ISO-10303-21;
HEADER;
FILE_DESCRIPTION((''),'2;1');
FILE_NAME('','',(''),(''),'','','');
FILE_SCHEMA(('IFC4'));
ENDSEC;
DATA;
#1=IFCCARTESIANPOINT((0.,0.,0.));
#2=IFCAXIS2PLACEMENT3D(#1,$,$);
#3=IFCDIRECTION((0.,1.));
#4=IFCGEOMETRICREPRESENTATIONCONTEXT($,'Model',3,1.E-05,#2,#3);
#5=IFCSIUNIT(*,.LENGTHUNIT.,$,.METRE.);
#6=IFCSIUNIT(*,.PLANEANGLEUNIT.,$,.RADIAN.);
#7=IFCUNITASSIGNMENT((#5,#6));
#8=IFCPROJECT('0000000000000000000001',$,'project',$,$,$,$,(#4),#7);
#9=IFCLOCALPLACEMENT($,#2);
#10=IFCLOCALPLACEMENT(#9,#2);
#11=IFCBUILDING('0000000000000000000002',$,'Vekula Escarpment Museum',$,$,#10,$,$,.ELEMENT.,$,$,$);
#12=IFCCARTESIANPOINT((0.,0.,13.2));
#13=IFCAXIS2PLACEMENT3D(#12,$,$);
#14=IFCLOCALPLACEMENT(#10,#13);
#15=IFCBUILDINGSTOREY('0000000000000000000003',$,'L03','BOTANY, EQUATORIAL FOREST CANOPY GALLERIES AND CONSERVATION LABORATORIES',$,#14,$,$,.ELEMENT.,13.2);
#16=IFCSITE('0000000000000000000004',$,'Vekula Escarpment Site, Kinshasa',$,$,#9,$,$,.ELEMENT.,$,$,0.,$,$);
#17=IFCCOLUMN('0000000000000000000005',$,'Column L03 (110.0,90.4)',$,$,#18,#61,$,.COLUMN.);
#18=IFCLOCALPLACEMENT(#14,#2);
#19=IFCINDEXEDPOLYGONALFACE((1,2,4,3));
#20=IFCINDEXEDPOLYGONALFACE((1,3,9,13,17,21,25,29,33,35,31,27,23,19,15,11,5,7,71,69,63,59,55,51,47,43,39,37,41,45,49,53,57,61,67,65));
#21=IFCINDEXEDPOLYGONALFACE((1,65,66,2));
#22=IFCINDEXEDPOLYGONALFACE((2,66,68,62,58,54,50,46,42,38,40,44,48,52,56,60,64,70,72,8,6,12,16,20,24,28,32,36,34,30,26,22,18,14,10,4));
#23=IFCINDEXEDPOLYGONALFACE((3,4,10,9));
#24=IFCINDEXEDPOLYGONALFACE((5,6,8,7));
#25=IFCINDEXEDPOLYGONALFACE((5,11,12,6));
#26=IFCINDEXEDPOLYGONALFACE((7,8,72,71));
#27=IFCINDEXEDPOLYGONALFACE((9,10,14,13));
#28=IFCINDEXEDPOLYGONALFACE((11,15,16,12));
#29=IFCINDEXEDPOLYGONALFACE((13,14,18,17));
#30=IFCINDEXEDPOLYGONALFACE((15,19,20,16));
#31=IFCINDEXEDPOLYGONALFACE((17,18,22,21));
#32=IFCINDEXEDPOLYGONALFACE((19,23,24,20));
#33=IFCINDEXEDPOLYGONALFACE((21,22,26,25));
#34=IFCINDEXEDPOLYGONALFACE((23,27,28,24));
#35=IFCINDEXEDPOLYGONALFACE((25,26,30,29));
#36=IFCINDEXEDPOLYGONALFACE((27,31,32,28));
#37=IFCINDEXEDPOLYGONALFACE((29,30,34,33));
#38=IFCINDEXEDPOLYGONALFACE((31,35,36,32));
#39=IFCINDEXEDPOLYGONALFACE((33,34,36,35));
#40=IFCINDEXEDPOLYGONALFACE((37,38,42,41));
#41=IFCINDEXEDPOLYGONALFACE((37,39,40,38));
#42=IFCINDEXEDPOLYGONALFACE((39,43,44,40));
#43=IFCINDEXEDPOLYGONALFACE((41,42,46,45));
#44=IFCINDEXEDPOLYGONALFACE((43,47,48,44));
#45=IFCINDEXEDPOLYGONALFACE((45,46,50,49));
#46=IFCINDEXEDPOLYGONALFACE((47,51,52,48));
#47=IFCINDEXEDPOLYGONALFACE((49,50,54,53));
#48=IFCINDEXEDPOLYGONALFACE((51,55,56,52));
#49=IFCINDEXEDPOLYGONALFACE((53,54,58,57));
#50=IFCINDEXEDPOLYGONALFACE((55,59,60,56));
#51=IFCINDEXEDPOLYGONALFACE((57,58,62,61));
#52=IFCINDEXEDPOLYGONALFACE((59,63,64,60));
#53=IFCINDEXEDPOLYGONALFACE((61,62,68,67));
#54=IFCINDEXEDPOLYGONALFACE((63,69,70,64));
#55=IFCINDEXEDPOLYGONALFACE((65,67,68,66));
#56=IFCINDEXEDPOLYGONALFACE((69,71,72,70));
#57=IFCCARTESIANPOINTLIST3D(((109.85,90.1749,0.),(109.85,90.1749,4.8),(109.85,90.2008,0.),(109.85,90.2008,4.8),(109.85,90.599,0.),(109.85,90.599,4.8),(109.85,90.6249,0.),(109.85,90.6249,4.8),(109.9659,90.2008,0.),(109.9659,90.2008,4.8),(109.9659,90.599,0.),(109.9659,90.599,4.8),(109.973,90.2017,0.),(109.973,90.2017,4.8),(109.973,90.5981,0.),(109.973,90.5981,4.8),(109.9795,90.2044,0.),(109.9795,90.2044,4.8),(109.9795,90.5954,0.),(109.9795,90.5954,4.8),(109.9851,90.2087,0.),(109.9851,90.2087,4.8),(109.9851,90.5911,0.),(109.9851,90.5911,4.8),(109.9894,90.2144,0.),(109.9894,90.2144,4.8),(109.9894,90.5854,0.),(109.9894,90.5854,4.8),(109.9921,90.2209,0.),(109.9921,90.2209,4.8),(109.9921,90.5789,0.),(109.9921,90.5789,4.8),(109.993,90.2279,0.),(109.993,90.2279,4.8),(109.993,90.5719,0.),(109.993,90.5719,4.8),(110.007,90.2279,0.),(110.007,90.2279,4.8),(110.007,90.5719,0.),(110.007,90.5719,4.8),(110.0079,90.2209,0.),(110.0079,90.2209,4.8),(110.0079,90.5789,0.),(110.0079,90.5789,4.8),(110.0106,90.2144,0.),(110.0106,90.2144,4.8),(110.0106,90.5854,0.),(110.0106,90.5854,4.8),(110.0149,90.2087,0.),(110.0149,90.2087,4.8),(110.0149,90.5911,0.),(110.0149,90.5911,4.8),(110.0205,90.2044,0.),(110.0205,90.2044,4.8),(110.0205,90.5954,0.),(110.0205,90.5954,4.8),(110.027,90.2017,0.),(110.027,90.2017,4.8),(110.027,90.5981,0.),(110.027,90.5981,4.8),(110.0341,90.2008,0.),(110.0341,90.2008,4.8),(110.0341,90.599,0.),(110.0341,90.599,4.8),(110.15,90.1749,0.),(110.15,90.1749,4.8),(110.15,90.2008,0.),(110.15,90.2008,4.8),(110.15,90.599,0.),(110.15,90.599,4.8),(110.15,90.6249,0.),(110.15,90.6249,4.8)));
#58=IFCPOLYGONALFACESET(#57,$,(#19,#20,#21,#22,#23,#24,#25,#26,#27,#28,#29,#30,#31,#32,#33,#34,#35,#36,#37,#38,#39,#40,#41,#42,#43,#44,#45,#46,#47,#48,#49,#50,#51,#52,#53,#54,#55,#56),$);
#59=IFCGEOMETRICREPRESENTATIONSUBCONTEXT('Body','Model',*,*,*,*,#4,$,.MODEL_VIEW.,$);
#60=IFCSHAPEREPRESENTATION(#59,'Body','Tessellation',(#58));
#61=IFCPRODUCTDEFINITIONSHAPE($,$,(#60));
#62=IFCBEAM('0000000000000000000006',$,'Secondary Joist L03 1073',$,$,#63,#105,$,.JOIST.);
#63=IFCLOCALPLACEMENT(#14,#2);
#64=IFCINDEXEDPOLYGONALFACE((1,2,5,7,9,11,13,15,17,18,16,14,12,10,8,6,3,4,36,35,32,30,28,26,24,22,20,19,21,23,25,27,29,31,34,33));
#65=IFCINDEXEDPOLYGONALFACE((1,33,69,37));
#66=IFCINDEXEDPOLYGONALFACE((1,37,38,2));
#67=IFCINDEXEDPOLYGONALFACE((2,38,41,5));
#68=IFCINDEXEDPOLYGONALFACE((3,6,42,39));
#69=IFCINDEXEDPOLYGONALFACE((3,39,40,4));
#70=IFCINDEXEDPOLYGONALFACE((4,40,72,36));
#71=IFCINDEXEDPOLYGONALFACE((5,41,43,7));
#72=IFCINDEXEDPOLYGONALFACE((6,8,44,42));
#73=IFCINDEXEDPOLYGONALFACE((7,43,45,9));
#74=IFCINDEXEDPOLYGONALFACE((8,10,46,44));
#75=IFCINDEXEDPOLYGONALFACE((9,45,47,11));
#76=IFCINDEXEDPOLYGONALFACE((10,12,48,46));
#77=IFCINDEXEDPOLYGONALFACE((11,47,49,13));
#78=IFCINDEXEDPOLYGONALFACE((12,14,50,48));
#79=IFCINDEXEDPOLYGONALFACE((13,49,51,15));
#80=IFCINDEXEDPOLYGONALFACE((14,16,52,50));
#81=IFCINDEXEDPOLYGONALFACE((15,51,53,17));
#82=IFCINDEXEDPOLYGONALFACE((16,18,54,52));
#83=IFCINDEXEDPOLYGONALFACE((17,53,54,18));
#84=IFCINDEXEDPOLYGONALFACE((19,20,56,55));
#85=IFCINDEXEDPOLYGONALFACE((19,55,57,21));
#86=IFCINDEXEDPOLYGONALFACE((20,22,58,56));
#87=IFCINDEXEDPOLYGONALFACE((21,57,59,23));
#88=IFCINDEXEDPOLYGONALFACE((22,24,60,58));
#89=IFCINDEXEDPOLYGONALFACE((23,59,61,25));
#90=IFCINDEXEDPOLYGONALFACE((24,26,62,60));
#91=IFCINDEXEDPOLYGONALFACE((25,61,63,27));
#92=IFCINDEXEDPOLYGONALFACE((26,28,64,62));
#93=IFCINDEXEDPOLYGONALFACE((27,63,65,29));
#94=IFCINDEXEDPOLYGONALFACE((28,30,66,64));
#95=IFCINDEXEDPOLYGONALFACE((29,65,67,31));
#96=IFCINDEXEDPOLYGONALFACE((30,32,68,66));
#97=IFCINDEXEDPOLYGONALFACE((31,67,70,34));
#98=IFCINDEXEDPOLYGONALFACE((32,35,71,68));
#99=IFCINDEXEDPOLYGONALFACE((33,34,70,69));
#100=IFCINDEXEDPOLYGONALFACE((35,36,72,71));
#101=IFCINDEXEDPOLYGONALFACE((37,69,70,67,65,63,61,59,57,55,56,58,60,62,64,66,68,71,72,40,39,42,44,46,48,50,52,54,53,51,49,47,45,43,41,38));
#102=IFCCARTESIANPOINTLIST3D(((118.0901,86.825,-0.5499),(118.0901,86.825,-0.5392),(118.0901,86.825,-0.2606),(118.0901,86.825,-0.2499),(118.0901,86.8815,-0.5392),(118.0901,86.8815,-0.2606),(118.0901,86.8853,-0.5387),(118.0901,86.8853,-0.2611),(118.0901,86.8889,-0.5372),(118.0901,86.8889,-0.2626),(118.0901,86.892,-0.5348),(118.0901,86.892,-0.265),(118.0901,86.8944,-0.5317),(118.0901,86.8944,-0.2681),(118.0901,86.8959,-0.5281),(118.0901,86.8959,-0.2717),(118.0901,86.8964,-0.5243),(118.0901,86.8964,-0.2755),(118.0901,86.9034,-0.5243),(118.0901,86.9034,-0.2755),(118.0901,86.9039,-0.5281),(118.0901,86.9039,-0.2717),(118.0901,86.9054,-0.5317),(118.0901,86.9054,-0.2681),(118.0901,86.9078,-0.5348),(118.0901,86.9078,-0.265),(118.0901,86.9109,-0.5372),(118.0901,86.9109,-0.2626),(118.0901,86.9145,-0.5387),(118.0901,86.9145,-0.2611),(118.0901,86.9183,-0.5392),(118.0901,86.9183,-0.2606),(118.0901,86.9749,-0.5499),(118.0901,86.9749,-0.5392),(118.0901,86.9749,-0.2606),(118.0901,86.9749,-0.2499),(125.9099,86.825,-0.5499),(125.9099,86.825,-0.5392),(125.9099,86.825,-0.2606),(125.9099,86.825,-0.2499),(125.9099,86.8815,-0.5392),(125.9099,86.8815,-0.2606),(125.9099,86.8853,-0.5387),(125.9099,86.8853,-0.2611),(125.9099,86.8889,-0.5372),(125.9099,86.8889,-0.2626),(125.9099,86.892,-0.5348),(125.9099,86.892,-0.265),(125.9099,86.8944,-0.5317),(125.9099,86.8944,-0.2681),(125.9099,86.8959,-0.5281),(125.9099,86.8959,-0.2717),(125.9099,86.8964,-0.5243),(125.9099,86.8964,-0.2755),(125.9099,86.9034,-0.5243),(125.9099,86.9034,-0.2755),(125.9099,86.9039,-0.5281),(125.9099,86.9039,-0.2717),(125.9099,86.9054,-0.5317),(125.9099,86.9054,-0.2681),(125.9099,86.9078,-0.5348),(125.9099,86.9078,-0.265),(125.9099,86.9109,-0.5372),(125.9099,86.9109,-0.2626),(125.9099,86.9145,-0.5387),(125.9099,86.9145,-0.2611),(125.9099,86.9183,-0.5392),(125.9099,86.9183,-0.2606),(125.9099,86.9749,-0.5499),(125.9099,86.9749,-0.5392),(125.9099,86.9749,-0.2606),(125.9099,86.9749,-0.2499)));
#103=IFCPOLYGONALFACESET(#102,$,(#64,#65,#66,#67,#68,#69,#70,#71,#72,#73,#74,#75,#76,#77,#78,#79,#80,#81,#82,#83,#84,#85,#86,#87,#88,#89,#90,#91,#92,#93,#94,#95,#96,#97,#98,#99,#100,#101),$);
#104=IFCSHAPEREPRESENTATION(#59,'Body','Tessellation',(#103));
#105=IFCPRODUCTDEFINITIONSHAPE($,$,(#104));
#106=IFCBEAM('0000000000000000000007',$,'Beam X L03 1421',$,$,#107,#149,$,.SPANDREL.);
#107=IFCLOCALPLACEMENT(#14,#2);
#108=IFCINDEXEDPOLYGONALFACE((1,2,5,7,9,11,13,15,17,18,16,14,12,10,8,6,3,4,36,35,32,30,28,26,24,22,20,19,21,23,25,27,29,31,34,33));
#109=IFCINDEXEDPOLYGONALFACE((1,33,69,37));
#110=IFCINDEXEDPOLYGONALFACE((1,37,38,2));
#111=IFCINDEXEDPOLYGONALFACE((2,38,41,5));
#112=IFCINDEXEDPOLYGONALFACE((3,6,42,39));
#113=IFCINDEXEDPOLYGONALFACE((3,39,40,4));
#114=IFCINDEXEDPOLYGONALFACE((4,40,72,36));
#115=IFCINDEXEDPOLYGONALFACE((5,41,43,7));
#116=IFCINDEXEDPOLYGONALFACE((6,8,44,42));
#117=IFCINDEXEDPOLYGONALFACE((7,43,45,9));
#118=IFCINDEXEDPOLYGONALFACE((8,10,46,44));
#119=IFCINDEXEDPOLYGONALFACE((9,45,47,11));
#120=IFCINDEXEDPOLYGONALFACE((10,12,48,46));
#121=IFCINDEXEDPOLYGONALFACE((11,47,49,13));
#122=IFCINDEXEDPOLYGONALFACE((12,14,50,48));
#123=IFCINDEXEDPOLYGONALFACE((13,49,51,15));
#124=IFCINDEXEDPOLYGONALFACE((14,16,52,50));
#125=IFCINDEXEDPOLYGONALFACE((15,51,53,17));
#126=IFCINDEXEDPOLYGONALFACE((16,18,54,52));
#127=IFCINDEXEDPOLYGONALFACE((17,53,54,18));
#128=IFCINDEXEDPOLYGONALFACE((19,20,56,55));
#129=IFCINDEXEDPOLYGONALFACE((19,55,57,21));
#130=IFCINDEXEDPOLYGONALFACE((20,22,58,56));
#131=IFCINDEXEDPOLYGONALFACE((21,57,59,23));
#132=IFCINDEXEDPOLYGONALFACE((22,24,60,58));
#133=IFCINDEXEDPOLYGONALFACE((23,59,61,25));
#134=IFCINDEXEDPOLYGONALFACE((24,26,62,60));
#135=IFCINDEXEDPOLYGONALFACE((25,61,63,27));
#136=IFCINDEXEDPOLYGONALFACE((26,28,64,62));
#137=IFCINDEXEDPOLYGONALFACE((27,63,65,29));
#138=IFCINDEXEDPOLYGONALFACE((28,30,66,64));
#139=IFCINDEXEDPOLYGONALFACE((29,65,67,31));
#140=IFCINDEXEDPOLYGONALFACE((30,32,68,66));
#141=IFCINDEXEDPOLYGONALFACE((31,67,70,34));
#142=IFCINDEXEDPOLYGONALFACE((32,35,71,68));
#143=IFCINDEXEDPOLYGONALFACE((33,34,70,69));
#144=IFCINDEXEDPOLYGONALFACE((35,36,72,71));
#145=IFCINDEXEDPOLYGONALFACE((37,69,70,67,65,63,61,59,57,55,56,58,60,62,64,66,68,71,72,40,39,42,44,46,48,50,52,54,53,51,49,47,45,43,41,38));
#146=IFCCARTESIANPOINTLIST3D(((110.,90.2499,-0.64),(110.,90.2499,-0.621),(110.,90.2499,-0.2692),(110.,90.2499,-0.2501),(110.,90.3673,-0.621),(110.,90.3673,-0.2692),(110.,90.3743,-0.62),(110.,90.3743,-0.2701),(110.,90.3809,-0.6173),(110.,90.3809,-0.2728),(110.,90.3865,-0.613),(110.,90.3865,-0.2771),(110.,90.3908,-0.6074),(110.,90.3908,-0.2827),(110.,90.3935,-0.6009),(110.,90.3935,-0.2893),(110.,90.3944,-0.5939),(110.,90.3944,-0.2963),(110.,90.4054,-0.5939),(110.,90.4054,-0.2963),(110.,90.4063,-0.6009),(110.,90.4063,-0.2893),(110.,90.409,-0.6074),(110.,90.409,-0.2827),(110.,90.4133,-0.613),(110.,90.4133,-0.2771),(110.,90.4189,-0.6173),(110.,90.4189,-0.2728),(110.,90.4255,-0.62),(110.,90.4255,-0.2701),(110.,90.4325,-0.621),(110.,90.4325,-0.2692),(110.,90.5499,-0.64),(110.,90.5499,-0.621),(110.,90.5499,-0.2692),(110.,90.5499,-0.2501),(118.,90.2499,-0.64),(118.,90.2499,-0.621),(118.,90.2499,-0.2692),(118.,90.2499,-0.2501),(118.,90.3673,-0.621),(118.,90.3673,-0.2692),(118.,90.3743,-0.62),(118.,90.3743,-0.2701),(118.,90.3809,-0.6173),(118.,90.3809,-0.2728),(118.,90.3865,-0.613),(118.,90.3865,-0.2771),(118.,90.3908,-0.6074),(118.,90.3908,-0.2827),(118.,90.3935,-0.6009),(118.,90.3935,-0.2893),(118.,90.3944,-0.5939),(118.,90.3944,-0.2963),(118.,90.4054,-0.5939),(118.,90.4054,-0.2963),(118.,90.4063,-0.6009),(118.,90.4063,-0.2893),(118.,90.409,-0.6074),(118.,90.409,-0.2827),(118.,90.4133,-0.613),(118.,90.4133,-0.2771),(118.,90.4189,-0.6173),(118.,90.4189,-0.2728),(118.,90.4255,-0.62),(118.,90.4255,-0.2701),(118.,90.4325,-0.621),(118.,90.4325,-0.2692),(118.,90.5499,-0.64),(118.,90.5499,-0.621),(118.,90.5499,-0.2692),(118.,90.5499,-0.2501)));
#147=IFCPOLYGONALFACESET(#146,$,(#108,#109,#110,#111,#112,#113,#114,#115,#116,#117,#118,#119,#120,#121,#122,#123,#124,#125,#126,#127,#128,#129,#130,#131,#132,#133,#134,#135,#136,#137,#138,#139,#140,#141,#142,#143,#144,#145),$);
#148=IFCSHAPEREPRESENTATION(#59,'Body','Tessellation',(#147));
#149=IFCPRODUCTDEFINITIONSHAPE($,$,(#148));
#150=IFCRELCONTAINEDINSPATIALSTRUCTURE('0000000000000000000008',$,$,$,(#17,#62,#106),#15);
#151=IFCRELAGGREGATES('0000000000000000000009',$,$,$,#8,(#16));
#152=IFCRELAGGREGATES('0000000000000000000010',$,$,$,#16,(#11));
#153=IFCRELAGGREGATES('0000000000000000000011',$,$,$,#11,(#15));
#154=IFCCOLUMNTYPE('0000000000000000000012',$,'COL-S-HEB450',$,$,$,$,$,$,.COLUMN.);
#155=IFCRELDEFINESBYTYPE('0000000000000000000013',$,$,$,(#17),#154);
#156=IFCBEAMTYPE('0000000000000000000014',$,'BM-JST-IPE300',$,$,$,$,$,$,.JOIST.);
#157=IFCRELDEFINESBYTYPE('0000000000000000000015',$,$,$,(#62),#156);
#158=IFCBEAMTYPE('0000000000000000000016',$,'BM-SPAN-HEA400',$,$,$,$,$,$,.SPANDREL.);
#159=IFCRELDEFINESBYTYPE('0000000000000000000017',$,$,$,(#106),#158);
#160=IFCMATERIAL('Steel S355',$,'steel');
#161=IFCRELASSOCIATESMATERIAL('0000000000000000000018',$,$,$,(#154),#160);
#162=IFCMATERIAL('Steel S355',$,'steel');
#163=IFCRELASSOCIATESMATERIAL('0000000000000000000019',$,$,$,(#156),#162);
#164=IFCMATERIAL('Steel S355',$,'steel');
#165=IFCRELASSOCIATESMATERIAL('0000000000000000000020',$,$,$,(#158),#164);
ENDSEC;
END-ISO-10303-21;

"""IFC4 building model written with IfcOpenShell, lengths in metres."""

from ifc_helpers import new_model, si_unit, direction, frame, origin, origin_2d, place, context, subcontext, project, spatial, i_section, extrude, material, material_profile, profile_set, type_object, element, save


model = new_model("IFC4")

# Units and contexts
model_context = context("Model", 3, precision=1e-05, world=origin(), true_north=direction((0.0, 1.0)))
body_context = subcontext(model_context, "Body", "Model", "MODEL_VIEW")
ifc_project = project(units=[si_unit("LENGTHUNIT", "METRE"), si_unit("PLANEANGLEUNIT", "RADIAN")], contexts=[model_context])

# Site, building, storey
site_placement = place(None, origin())
site = spatial("IfcSite", under=ifc_project, at=site_placement, Name="Vekula Escarpment Site, Kinshasa", CompositionType="ELEMENT", RefElevation=0.0)
building_placement = place(site_placement, origin())
building = spatial("IfcBuilding", under=site, at=building_placement, Name="Vekula Escarpment Museum", CompositionType="ELEMENT")
storey_placement = place(building_placement, frame((0.0, 0.0, 13.2)))
storey = spatial("IfcBuildingStorey", under=building, at=storey_placement, Name="L03", Description="BOTANY, EQUATORIAL FOREST CANOPY GALLERIES AND CONSERVATION LABORATORIES", CompositionType="ELEMENT", Elevation=13.2)

# Column
ifc_material_1 = material(Name="Steel S355", Category="steel")
ifc_material_profile_1 = material_profile(ifc_material_1, i_section(OverallWidth=0.3, OverallDepth=0.45, WebThickness=0.0139, FlangeThickness=0.0259, FilletRadius=0.0271, at=origin_2d()), Name="HEB 450")
ifc_profile_set_1 = profile_set([ifc_material_profile_1], Name="Steel S355")
column_type = type_object("IfcColumnType", Name="COL-S-HEB450", PredefinedType="COLUMN", material=ifc_profile_set_1)
column_placement = place(storey_placement, frame((110.0, 90.3999, 0.0), z_axis=(0.0, 0.0, 1.0), x_axis=(1.0, 0.0, 0.0)))
element("IfcColumn", 1, at=column_placement, inside=storey, type_object=column_type, Name="Column L03 (110.0,90.4)", PredefinedType="COLUMN", context=body_context, shape_type="SweptSolid", body=[
    extrude(i_section(OverallWidth=0.3, OverallDepth=0.45, WebThickness=0.0139, FlangeThickness=0.0259, FilletRadius=0.0271, at=origin_2d()), origin(), (0.0, 0.0, 1.0), 4.8),
])

# Beams
ifc_material_2 = material(Name="Steel S355", Category="steel")
ifc_material_profile_2 = material_profile(ifc_material_2, i_section(OverallWidth=0.1499, OverallDepth=0.3, WebThickness=0.0071, FlangeThickness=0.0107, FilletRadius=0.0149, at=origin_2d()), Name="IPE 300")
ifc_profile_set_2 = profile_set([ifc_material_profile_2], Name="Steel S355")
beam_type_1 = type_object("IfcBeamType", Name="BM-JST-IPE300", PredefinedType="JOIST", material=ifc_profile_set_2)
beam_1_placement = place(storey_placement, frame((118.0901, 86.8999, -0.3999), z_axis=(1.0, 0.0, 0.0), x_axis=(0.0, 1.0, 0.0)))
element("IfcBeam", 2, at=beam_1_placement, inside=storey, type_object=beam_type_1, Name="Secondary Joist L03 1073", PredefinedType="JOIST", context=body_context, shape_type="SweptSolid", body=[
    extrude(i_section(OverallWidth=0.1499, OverallDepth=0.3, WebThickness=0.0071, FlangeThickness=0.0107, FilletRadius=0.0149, at=origin_2d()), origin(), (0.0, 0.0, 1.0), 7.8198),
])
ifc_material_3 = material(Name="Steel S355", Category="steel")
ifc_material_profile_3 = material_profile(ifc_material_3, i_section(OverallWidth=0.3, OverallDepth=0.3899, WebThickness=0.011, FlangeThickness=0.019, FilletRadius=0.0271, at=origin_2d()), Name="HEA 400")
ifc_profile_set_3 = profile_set([ifc_material_profile_3], Name="Steel S355")
beam_type_2 = type_object("IfcBeamType", Name="BM-SPAN-HEA400", PredefinedType="SPANDREL", material=ifc_profile_set_3)
beam_2_placement = place(storey_placement, frame((110.0, 90.3999, -0.4451), z_axis=(1.0, 0.0, 0.0), x_axis=(0.0, 1.0, 0.0)))
element("IfcBeam", 3, at=beam_2_placement, inside=storey, type_object=beam_type_2, Name="Beam X L03 1421", PredefinedType="SPANDREL", context=body_context, shape_type="SweptSolid", body=[
    extrude(i_section(OverallWidth=0.3, OverallDepth=0.3899, WebThickness=0.011, FlangeThickness=0.019, FilletRadius=0.0271, at=origin_2d()), origin(), (0.0, 0.0, 1.0), 8.0),
])

save(model, "model.ifc")
